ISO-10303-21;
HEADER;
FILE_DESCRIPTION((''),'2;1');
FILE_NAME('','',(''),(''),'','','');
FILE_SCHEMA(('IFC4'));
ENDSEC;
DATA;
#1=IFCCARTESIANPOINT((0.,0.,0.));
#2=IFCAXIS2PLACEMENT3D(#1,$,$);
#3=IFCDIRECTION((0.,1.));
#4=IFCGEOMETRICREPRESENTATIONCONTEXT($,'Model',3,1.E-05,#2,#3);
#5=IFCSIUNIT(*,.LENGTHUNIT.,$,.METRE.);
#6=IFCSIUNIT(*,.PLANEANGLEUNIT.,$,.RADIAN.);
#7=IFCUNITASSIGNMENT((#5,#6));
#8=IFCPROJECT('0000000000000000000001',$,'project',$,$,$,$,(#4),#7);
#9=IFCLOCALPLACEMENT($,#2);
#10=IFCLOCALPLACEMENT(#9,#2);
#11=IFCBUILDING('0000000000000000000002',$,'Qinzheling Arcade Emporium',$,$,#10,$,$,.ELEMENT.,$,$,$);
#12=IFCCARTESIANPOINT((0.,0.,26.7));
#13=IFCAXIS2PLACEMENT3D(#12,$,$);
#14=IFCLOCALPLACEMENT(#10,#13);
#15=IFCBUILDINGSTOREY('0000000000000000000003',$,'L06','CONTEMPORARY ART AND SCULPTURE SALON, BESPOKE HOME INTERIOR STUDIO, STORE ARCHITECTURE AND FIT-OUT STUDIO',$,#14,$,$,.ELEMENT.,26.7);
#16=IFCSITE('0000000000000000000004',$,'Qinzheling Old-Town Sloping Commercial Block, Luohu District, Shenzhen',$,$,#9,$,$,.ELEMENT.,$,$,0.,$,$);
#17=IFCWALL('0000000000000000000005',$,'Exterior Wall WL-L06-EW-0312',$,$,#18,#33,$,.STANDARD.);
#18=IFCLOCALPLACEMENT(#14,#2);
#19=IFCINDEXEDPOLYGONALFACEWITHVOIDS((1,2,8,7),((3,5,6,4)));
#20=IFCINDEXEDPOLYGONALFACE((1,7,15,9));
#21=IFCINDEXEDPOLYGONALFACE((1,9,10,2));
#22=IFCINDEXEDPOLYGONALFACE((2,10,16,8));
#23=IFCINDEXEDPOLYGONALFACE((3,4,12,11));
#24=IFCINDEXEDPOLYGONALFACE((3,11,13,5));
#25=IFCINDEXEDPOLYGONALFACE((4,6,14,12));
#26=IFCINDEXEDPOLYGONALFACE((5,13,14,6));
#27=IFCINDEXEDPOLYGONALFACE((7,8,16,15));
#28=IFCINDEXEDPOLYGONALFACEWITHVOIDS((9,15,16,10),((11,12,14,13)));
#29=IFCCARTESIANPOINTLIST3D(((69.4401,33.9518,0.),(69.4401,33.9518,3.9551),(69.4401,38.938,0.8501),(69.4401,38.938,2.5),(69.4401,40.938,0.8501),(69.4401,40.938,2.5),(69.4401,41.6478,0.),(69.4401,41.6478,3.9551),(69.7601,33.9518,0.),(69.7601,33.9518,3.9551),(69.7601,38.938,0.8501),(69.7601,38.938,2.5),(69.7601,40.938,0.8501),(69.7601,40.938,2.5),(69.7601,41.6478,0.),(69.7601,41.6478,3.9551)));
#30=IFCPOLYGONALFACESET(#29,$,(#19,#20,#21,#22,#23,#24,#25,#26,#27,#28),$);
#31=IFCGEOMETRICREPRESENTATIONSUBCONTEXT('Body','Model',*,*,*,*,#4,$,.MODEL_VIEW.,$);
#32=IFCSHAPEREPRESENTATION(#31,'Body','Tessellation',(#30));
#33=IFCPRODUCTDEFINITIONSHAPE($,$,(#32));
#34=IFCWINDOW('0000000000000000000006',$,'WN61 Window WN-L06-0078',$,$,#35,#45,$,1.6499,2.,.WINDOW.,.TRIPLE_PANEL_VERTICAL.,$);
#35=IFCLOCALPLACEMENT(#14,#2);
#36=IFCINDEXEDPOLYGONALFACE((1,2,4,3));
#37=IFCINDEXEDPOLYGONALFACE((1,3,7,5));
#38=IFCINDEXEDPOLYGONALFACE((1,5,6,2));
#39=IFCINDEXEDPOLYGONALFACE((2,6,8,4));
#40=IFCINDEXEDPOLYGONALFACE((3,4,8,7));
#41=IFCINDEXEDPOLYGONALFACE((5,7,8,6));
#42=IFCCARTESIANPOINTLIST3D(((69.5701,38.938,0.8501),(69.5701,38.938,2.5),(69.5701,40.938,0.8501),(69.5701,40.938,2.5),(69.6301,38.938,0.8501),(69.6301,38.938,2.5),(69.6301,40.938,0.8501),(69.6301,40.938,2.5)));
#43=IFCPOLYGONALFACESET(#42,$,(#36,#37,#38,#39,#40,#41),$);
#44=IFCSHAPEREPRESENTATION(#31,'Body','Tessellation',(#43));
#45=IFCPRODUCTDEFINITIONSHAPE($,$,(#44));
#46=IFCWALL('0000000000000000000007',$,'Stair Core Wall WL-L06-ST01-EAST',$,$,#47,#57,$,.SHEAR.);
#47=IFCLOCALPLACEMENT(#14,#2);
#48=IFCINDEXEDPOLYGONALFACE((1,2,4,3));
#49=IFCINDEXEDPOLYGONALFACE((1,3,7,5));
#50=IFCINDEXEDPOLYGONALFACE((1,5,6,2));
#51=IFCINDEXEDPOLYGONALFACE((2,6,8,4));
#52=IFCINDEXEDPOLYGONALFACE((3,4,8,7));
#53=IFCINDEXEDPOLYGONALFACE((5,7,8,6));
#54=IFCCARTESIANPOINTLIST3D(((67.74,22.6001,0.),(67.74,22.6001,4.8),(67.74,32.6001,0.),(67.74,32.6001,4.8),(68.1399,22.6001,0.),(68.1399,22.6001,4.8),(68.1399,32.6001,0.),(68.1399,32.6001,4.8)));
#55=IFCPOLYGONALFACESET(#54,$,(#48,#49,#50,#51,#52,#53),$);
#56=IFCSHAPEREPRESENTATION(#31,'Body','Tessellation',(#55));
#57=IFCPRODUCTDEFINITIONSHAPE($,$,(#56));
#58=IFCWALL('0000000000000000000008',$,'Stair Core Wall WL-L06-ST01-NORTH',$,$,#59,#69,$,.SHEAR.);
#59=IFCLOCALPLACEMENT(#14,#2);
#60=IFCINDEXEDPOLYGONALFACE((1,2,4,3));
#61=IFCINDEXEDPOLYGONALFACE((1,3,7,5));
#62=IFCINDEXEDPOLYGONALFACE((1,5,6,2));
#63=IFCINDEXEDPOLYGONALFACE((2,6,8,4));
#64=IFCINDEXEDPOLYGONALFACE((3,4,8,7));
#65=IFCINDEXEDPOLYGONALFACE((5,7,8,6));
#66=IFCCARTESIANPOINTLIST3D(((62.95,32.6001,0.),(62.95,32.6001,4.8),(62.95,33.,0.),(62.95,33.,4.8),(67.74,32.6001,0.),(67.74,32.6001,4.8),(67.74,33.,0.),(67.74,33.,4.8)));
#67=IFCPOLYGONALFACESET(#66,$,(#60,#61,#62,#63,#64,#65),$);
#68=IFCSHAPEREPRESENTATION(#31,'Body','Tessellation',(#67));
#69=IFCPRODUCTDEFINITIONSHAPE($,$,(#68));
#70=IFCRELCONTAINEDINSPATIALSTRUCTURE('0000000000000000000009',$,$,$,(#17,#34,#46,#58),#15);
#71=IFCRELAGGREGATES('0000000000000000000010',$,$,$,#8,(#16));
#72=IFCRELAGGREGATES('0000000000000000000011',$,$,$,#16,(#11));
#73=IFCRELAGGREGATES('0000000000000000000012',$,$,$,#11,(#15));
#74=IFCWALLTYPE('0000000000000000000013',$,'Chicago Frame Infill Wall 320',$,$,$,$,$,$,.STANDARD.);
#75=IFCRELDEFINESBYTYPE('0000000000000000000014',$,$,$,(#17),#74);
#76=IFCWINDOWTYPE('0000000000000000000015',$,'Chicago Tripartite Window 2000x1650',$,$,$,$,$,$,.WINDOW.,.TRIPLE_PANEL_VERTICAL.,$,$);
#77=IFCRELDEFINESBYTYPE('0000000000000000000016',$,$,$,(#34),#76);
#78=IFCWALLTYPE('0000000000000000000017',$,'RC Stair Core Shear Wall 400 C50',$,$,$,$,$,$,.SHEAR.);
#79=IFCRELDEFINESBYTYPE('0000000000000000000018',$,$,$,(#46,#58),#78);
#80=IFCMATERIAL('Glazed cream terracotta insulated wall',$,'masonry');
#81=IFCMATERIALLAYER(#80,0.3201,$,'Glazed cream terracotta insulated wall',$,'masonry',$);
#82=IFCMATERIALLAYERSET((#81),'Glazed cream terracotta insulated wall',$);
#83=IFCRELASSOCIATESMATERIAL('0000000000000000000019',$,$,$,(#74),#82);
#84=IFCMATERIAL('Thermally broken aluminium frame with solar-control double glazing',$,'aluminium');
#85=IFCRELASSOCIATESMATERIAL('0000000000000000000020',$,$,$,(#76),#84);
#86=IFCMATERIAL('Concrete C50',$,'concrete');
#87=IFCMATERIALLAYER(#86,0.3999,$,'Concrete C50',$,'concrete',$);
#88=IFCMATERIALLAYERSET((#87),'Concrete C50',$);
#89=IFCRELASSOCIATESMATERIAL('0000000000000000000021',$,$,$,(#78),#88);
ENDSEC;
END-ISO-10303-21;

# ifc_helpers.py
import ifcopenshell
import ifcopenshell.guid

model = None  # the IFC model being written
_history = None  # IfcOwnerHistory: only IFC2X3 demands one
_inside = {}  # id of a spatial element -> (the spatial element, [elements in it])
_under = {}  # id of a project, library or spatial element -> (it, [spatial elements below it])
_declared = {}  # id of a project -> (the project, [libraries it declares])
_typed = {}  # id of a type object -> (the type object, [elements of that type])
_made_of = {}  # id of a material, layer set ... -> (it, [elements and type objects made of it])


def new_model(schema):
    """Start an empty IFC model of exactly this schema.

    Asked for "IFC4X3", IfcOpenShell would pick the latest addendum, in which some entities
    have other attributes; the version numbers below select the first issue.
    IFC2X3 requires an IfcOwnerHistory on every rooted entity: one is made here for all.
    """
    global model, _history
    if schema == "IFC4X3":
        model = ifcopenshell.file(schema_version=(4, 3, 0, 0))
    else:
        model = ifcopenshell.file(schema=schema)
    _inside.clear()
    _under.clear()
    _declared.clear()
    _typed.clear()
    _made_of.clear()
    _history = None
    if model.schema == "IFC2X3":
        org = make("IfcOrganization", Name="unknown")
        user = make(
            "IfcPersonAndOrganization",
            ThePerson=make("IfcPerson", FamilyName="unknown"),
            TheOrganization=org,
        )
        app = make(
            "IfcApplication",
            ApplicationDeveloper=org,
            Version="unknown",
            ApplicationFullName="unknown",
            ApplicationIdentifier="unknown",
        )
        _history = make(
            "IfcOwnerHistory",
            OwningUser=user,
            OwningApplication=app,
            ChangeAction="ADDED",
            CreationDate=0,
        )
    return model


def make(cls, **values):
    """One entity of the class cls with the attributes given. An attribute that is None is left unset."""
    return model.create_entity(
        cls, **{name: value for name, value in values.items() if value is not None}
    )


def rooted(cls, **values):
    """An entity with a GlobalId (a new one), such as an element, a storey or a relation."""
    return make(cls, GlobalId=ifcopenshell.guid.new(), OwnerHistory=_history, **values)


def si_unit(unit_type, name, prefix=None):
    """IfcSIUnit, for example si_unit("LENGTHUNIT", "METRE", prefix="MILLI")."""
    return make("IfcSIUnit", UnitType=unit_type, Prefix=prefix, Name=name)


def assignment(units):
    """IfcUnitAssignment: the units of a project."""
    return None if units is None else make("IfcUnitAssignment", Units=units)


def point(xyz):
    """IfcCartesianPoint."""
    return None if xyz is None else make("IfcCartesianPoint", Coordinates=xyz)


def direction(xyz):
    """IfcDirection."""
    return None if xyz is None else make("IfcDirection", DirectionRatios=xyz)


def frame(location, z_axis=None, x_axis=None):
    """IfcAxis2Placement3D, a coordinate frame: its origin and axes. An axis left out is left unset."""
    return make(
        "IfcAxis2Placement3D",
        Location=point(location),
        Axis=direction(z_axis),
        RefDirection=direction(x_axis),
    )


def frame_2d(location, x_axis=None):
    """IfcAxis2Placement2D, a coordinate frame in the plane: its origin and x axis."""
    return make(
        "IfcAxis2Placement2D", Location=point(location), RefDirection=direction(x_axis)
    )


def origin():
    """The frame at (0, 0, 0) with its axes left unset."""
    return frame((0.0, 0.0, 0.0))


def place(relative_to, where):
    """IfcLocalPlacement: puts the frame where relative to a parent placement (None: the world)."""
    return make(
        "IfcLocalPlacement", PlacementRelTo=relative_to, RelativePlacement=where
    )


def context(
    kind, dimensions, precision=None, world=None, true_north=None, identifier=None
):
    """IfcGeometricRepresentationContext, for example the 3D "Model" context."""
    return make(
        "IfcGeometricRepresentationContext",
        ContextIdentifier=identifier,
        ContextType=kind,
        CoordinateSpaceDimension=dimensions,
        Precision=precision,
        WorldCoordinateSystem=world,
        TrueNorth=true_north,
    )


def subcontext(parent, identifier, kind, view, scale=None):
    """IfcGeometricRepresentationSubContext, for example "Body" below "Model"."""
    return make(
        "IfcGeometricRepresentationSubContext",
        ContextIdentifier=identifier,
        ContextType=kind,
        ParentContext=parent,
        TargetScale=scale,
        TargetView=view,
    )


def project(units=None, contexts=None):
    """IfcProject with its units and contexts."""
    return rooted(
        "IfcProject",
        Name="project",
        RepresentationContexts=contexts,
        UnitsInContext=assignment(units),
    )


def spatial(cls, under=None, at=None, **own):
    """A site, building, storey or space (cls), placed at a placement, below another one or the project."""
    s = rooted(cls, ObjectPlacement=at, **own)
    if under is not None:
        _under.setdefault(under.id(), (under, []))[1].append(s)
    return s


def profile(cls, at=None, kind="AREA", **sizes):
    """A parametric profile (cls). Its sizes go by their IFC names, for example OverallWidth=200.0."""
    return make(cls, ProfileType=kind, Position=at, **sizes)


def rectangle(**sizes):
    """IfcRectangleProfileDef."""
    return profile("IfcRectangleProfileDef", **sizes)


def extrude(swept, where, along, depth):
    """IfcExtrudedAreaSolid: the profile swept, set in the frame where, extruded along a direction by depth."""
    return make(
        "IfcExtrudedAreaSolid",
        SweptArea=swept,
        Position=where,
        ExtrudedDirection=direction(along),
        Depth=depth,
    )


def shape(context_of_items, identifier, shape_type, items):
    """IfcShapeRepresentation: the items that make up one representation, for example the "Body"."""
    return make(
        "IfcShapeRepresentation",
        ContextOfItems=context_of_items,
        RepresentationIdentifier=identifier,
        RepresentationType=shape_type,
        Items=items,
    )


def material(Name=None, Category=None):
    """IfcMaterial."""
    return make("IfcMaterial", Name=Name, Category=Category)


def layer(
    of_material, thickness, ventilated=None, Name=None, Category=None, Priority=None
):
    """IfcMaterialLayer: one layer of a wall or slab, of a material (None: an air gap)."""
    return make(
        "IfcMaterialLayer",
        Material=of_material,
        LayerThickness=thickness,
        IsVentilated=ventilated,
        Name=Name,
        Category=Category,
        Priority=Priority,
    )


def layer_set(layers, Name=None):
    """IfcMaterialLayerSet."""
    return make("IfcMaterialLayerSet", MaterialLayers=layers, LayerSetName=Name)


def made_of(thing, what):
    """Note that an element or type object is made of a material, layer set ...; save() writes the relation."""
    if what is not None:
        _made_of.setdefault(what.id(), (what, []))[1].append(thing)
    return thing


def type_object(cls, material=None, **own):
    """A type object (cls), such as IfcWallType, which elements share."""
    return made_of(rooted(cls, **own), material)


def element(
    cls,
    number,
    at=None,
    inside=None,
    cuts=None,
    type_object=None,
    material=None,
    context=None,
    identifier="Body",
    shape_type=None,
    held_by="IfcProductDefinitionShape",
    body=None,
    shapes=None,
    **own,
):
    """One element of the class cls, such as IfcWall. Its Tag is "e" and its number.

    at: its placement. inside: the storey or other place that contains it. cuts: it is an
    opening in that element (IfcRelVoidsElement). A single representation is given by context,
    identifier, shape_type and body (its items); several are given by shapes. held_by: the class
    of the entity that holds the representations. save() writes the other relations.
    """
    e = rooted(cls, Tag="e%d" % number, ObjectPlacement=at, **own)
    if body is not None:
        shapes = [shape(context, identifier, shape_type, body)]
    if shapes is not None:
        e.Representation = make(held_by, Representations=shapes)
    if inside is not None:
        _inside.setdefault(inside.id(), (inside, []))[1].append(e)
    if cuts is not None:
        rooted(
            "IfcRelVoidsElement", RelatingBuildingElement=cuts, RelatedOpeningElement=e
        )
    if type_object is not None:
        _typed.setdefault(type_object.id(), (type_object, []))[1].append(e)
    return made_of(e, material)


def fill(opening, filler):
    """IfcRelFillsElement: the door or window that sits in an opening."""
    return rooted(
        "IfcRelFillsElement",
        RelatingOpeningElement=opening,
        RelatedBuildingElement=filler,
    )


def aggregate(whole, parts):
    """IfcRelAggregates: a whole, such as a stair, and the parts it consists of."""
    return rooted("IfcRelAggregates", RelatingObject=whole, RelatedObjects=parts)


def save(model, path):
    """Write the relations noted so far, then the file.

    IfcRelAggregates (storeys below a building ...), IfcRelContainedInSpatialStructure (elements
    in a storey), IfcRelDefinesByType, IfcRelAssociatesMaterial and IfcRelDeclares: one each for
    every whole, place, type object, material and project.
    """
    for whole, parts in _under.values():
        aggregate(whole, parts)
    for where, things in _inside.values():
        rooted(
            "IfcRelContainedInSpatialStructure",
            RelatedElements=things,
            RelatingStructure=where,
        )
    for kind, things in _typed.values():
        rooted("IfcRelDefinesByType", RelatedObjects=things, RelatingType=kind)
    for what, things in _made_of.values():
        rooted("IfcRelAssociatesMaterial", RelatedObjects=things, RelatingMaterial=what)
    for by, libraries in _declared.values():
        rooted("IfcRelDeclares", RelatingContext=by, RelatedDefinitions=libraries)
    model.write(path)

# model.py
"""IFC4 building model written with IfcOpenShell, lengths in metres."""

from ifc_helpers import new_model, si_unit, direction, frame, frame_2d, origin, place, context, subcontext, project, spatial, rectangle, extrude, material, layer, layer_set, type_object, element, fill, save


model = new_model("IFC4")

# Units and contexts
model_context = context("Model", 3, precision=1e-05, world=origin(), true_north=direction((0.0, 1.0)))
body_context = subcontext(model_context, "Body", "Model", "MODEL_VIEW")
ifc_project = project(units=[si_unit("LENGTHUNIT", "METRE"), si_unit("PLANEANGLEUNIT", "RADIAN")], contexts=[model_context])

# Site, building, storey
site_placement = place(None, origin())
site = spatial("IfcSite", under=ifc_project, at=site_placement, Name="Qinzheling Old-Town Sloping Commercial Block, Luohu District, Shenzhen", CompositionType="ELEMENT", RefElevation=0.0)
building_placement = place(site_placement, origin())
building = spatial("IfcBuilding", under=site, at=building_placement, Name="Qinzheling Arcade Emporium", CompositionType="ELEMENT")
storey_placement = place(building_placement, frame((0.0, 0.0, 26.7)))
storey = spatial("IfcBuildingStorey", under=building, at=storey_placement, Name="L06", Description="CONTEMPORARY ART AND SCULPTURE SALON, BESPOKE HOME INTERIOR STUDIO, STORE ARCHITECTURE AND FIT-OUT STUDIO", CompositionType="ELEMENT", Elevation=26.7)

# Wall, opening, window
ifc_material_1 = material(Name="Glazed cream terracotta insulated wall", Category="masonry")
ifc_layer_1 = layer(ifc_material_1, 0.3201, Name="Glazed cream terracotta insulated wall", Category="masonry")
ifc_layer_set_1 = layer_set([ifc_layer_1], Name="Glazed cream terracotta insulated wall")
wall_type_1 = type_object("IfcWallType", Name="Chicago Frame Infill Wall 320", PredefinedType="STANDARD", material=ifc_layer_set_1)
wall_1_placement = place(storey_placement, frame((69.6001, 41.6479, 0.0), z_axis=(0.0, 0.0, 1.0), x_axis=(0.0, -1.0, 0.0)))
wall_1 = element("IfcWall", 1, at=wall_1_placement, inside=storey, type_object=wall_type_1, Name="Exterior Wall WL-L06-EW-0312", PredefinedType="STANDARD", context=body_context, shape_type="SweptSolid", body=[
    extrude(rectangle(XDim=7.696, YDim=0.3201, at=frame_2d((3.8481, 0.0))), origin(), (0.0, 0.0, 1.0), 3.9551),
])
opening_1_placement = place(wall_1_placement, frame((0.71, 0.0, 0.8501)))
opening_1 = element("IfcOpeningElement", 2, at=opening_1_placement, cuts=wall_1, PredefinedType="OPENING", context=body_context, shape_type="SweptSolid", body=[
    extrude(rectangle(XDim=2.0, YDim=1.6499, at=frame_2d((1.0, 0.825))), frame((0.0, 0.1699, 0.0), z_axis=(0.0, -1.0, 0.0), x_axis=(1.0, 0.0, 0.0)), (0.0, 0.0, 1.0), 0.3401),
])
ifc_material_2 = material(Name="Thermally broken aluminium frame with solar-control double glazing", Category="aluminium")
window_type = type_object("IfcWindowType", Name="Chicago Tripartite Window 2000x1650", PartitioningType="TRIPLE_PANEL_VERTICAL", PredefinedType="WINDOW", material=ifc_material_2)
window_placement = place(opening_1_placement, origin())
window = element("IfcWindow", 3, at=window_placement, inside=storey, type_object=window_type, Name="WN61 Window WN-L06-0078", OverallHeight=1.6499, OverallWidth=2.0, PartitioningType="TRIPLE_PANEL_VERTICAL", PredefinedType="WINDOW", context=body_context, shape_type="SweptSolid", body=[
    extrude(rectangle(XDim=2.0, YDim=1.6499, at=frame_2d((1.0, 0.825))), frame((0.0, 0.03, 0.0), z_axis=(0.0, -1.0, 0.0), x_axis=(1.0, 0.0, 0.0)), (0.0, 0.0, 1.0), 0.0601),
])
fill(opening_1, window)

# Walls
ifc_material_3 = material(Name="Concrete C50", Category="concrete")
ifc_layer_2 = layer(ifc_material_3, 0.3999, Name="Concrete C50", Category="concrete")
ifc_layer_set_2 = layer_set([ifc_layer_2], Name="Concrete C50")
wall_type_2 = type_object("IfcWallType", Name="RC Stair Core Shear Wall 400 C50", PredefinedType="SHEAR", material=ifc_layer_set_2)
wall_2_placement = place(storey_placement, frame((67.9399, 32.6001, 0.0), z_axis=(0.0, 0.0, 1.0), x_axis=(0.0, -1.0, 0.0)))
element("IfcWall", 4, at=wall_2_placement, inside=storey, type_object=wall_type_2, Name="Stair Core Wall WL-L06-ST01-EAST", PredefinedType="SHEAR", context=body_context, shape_type="SweptSolid", body=[
    extrude(rectangle(XDim=10.0, YDim=0.3999, at=frame_2d((5.0, 0.0))), origin(), (0.0, 0.0, 1.0), 4.8),
])
wall_3_placement = place(storey_placement, frame((62.95, 32.8, 0.0), z_axis=(0.0, 0.0, 1.0), x_axis=(1.0, 0.0, 0.0)))
element("IfcWall", 5, at=wall_3_placement, inside=storey, type_object=wall_type_2, Name="Stair Core Wall WL-L06-ST01-NORTH", PredefinedType="SHEAR", context=body_context, shape_type="SweptSolid", body=[
    extrude(rectangle(XDim=4.79, YDim=0.3999, at=frame_2d((2.395, 0.0))), origin(), (0.0, 0.0, 1.0), 4.8),
])

save(model, "model.ifc")
